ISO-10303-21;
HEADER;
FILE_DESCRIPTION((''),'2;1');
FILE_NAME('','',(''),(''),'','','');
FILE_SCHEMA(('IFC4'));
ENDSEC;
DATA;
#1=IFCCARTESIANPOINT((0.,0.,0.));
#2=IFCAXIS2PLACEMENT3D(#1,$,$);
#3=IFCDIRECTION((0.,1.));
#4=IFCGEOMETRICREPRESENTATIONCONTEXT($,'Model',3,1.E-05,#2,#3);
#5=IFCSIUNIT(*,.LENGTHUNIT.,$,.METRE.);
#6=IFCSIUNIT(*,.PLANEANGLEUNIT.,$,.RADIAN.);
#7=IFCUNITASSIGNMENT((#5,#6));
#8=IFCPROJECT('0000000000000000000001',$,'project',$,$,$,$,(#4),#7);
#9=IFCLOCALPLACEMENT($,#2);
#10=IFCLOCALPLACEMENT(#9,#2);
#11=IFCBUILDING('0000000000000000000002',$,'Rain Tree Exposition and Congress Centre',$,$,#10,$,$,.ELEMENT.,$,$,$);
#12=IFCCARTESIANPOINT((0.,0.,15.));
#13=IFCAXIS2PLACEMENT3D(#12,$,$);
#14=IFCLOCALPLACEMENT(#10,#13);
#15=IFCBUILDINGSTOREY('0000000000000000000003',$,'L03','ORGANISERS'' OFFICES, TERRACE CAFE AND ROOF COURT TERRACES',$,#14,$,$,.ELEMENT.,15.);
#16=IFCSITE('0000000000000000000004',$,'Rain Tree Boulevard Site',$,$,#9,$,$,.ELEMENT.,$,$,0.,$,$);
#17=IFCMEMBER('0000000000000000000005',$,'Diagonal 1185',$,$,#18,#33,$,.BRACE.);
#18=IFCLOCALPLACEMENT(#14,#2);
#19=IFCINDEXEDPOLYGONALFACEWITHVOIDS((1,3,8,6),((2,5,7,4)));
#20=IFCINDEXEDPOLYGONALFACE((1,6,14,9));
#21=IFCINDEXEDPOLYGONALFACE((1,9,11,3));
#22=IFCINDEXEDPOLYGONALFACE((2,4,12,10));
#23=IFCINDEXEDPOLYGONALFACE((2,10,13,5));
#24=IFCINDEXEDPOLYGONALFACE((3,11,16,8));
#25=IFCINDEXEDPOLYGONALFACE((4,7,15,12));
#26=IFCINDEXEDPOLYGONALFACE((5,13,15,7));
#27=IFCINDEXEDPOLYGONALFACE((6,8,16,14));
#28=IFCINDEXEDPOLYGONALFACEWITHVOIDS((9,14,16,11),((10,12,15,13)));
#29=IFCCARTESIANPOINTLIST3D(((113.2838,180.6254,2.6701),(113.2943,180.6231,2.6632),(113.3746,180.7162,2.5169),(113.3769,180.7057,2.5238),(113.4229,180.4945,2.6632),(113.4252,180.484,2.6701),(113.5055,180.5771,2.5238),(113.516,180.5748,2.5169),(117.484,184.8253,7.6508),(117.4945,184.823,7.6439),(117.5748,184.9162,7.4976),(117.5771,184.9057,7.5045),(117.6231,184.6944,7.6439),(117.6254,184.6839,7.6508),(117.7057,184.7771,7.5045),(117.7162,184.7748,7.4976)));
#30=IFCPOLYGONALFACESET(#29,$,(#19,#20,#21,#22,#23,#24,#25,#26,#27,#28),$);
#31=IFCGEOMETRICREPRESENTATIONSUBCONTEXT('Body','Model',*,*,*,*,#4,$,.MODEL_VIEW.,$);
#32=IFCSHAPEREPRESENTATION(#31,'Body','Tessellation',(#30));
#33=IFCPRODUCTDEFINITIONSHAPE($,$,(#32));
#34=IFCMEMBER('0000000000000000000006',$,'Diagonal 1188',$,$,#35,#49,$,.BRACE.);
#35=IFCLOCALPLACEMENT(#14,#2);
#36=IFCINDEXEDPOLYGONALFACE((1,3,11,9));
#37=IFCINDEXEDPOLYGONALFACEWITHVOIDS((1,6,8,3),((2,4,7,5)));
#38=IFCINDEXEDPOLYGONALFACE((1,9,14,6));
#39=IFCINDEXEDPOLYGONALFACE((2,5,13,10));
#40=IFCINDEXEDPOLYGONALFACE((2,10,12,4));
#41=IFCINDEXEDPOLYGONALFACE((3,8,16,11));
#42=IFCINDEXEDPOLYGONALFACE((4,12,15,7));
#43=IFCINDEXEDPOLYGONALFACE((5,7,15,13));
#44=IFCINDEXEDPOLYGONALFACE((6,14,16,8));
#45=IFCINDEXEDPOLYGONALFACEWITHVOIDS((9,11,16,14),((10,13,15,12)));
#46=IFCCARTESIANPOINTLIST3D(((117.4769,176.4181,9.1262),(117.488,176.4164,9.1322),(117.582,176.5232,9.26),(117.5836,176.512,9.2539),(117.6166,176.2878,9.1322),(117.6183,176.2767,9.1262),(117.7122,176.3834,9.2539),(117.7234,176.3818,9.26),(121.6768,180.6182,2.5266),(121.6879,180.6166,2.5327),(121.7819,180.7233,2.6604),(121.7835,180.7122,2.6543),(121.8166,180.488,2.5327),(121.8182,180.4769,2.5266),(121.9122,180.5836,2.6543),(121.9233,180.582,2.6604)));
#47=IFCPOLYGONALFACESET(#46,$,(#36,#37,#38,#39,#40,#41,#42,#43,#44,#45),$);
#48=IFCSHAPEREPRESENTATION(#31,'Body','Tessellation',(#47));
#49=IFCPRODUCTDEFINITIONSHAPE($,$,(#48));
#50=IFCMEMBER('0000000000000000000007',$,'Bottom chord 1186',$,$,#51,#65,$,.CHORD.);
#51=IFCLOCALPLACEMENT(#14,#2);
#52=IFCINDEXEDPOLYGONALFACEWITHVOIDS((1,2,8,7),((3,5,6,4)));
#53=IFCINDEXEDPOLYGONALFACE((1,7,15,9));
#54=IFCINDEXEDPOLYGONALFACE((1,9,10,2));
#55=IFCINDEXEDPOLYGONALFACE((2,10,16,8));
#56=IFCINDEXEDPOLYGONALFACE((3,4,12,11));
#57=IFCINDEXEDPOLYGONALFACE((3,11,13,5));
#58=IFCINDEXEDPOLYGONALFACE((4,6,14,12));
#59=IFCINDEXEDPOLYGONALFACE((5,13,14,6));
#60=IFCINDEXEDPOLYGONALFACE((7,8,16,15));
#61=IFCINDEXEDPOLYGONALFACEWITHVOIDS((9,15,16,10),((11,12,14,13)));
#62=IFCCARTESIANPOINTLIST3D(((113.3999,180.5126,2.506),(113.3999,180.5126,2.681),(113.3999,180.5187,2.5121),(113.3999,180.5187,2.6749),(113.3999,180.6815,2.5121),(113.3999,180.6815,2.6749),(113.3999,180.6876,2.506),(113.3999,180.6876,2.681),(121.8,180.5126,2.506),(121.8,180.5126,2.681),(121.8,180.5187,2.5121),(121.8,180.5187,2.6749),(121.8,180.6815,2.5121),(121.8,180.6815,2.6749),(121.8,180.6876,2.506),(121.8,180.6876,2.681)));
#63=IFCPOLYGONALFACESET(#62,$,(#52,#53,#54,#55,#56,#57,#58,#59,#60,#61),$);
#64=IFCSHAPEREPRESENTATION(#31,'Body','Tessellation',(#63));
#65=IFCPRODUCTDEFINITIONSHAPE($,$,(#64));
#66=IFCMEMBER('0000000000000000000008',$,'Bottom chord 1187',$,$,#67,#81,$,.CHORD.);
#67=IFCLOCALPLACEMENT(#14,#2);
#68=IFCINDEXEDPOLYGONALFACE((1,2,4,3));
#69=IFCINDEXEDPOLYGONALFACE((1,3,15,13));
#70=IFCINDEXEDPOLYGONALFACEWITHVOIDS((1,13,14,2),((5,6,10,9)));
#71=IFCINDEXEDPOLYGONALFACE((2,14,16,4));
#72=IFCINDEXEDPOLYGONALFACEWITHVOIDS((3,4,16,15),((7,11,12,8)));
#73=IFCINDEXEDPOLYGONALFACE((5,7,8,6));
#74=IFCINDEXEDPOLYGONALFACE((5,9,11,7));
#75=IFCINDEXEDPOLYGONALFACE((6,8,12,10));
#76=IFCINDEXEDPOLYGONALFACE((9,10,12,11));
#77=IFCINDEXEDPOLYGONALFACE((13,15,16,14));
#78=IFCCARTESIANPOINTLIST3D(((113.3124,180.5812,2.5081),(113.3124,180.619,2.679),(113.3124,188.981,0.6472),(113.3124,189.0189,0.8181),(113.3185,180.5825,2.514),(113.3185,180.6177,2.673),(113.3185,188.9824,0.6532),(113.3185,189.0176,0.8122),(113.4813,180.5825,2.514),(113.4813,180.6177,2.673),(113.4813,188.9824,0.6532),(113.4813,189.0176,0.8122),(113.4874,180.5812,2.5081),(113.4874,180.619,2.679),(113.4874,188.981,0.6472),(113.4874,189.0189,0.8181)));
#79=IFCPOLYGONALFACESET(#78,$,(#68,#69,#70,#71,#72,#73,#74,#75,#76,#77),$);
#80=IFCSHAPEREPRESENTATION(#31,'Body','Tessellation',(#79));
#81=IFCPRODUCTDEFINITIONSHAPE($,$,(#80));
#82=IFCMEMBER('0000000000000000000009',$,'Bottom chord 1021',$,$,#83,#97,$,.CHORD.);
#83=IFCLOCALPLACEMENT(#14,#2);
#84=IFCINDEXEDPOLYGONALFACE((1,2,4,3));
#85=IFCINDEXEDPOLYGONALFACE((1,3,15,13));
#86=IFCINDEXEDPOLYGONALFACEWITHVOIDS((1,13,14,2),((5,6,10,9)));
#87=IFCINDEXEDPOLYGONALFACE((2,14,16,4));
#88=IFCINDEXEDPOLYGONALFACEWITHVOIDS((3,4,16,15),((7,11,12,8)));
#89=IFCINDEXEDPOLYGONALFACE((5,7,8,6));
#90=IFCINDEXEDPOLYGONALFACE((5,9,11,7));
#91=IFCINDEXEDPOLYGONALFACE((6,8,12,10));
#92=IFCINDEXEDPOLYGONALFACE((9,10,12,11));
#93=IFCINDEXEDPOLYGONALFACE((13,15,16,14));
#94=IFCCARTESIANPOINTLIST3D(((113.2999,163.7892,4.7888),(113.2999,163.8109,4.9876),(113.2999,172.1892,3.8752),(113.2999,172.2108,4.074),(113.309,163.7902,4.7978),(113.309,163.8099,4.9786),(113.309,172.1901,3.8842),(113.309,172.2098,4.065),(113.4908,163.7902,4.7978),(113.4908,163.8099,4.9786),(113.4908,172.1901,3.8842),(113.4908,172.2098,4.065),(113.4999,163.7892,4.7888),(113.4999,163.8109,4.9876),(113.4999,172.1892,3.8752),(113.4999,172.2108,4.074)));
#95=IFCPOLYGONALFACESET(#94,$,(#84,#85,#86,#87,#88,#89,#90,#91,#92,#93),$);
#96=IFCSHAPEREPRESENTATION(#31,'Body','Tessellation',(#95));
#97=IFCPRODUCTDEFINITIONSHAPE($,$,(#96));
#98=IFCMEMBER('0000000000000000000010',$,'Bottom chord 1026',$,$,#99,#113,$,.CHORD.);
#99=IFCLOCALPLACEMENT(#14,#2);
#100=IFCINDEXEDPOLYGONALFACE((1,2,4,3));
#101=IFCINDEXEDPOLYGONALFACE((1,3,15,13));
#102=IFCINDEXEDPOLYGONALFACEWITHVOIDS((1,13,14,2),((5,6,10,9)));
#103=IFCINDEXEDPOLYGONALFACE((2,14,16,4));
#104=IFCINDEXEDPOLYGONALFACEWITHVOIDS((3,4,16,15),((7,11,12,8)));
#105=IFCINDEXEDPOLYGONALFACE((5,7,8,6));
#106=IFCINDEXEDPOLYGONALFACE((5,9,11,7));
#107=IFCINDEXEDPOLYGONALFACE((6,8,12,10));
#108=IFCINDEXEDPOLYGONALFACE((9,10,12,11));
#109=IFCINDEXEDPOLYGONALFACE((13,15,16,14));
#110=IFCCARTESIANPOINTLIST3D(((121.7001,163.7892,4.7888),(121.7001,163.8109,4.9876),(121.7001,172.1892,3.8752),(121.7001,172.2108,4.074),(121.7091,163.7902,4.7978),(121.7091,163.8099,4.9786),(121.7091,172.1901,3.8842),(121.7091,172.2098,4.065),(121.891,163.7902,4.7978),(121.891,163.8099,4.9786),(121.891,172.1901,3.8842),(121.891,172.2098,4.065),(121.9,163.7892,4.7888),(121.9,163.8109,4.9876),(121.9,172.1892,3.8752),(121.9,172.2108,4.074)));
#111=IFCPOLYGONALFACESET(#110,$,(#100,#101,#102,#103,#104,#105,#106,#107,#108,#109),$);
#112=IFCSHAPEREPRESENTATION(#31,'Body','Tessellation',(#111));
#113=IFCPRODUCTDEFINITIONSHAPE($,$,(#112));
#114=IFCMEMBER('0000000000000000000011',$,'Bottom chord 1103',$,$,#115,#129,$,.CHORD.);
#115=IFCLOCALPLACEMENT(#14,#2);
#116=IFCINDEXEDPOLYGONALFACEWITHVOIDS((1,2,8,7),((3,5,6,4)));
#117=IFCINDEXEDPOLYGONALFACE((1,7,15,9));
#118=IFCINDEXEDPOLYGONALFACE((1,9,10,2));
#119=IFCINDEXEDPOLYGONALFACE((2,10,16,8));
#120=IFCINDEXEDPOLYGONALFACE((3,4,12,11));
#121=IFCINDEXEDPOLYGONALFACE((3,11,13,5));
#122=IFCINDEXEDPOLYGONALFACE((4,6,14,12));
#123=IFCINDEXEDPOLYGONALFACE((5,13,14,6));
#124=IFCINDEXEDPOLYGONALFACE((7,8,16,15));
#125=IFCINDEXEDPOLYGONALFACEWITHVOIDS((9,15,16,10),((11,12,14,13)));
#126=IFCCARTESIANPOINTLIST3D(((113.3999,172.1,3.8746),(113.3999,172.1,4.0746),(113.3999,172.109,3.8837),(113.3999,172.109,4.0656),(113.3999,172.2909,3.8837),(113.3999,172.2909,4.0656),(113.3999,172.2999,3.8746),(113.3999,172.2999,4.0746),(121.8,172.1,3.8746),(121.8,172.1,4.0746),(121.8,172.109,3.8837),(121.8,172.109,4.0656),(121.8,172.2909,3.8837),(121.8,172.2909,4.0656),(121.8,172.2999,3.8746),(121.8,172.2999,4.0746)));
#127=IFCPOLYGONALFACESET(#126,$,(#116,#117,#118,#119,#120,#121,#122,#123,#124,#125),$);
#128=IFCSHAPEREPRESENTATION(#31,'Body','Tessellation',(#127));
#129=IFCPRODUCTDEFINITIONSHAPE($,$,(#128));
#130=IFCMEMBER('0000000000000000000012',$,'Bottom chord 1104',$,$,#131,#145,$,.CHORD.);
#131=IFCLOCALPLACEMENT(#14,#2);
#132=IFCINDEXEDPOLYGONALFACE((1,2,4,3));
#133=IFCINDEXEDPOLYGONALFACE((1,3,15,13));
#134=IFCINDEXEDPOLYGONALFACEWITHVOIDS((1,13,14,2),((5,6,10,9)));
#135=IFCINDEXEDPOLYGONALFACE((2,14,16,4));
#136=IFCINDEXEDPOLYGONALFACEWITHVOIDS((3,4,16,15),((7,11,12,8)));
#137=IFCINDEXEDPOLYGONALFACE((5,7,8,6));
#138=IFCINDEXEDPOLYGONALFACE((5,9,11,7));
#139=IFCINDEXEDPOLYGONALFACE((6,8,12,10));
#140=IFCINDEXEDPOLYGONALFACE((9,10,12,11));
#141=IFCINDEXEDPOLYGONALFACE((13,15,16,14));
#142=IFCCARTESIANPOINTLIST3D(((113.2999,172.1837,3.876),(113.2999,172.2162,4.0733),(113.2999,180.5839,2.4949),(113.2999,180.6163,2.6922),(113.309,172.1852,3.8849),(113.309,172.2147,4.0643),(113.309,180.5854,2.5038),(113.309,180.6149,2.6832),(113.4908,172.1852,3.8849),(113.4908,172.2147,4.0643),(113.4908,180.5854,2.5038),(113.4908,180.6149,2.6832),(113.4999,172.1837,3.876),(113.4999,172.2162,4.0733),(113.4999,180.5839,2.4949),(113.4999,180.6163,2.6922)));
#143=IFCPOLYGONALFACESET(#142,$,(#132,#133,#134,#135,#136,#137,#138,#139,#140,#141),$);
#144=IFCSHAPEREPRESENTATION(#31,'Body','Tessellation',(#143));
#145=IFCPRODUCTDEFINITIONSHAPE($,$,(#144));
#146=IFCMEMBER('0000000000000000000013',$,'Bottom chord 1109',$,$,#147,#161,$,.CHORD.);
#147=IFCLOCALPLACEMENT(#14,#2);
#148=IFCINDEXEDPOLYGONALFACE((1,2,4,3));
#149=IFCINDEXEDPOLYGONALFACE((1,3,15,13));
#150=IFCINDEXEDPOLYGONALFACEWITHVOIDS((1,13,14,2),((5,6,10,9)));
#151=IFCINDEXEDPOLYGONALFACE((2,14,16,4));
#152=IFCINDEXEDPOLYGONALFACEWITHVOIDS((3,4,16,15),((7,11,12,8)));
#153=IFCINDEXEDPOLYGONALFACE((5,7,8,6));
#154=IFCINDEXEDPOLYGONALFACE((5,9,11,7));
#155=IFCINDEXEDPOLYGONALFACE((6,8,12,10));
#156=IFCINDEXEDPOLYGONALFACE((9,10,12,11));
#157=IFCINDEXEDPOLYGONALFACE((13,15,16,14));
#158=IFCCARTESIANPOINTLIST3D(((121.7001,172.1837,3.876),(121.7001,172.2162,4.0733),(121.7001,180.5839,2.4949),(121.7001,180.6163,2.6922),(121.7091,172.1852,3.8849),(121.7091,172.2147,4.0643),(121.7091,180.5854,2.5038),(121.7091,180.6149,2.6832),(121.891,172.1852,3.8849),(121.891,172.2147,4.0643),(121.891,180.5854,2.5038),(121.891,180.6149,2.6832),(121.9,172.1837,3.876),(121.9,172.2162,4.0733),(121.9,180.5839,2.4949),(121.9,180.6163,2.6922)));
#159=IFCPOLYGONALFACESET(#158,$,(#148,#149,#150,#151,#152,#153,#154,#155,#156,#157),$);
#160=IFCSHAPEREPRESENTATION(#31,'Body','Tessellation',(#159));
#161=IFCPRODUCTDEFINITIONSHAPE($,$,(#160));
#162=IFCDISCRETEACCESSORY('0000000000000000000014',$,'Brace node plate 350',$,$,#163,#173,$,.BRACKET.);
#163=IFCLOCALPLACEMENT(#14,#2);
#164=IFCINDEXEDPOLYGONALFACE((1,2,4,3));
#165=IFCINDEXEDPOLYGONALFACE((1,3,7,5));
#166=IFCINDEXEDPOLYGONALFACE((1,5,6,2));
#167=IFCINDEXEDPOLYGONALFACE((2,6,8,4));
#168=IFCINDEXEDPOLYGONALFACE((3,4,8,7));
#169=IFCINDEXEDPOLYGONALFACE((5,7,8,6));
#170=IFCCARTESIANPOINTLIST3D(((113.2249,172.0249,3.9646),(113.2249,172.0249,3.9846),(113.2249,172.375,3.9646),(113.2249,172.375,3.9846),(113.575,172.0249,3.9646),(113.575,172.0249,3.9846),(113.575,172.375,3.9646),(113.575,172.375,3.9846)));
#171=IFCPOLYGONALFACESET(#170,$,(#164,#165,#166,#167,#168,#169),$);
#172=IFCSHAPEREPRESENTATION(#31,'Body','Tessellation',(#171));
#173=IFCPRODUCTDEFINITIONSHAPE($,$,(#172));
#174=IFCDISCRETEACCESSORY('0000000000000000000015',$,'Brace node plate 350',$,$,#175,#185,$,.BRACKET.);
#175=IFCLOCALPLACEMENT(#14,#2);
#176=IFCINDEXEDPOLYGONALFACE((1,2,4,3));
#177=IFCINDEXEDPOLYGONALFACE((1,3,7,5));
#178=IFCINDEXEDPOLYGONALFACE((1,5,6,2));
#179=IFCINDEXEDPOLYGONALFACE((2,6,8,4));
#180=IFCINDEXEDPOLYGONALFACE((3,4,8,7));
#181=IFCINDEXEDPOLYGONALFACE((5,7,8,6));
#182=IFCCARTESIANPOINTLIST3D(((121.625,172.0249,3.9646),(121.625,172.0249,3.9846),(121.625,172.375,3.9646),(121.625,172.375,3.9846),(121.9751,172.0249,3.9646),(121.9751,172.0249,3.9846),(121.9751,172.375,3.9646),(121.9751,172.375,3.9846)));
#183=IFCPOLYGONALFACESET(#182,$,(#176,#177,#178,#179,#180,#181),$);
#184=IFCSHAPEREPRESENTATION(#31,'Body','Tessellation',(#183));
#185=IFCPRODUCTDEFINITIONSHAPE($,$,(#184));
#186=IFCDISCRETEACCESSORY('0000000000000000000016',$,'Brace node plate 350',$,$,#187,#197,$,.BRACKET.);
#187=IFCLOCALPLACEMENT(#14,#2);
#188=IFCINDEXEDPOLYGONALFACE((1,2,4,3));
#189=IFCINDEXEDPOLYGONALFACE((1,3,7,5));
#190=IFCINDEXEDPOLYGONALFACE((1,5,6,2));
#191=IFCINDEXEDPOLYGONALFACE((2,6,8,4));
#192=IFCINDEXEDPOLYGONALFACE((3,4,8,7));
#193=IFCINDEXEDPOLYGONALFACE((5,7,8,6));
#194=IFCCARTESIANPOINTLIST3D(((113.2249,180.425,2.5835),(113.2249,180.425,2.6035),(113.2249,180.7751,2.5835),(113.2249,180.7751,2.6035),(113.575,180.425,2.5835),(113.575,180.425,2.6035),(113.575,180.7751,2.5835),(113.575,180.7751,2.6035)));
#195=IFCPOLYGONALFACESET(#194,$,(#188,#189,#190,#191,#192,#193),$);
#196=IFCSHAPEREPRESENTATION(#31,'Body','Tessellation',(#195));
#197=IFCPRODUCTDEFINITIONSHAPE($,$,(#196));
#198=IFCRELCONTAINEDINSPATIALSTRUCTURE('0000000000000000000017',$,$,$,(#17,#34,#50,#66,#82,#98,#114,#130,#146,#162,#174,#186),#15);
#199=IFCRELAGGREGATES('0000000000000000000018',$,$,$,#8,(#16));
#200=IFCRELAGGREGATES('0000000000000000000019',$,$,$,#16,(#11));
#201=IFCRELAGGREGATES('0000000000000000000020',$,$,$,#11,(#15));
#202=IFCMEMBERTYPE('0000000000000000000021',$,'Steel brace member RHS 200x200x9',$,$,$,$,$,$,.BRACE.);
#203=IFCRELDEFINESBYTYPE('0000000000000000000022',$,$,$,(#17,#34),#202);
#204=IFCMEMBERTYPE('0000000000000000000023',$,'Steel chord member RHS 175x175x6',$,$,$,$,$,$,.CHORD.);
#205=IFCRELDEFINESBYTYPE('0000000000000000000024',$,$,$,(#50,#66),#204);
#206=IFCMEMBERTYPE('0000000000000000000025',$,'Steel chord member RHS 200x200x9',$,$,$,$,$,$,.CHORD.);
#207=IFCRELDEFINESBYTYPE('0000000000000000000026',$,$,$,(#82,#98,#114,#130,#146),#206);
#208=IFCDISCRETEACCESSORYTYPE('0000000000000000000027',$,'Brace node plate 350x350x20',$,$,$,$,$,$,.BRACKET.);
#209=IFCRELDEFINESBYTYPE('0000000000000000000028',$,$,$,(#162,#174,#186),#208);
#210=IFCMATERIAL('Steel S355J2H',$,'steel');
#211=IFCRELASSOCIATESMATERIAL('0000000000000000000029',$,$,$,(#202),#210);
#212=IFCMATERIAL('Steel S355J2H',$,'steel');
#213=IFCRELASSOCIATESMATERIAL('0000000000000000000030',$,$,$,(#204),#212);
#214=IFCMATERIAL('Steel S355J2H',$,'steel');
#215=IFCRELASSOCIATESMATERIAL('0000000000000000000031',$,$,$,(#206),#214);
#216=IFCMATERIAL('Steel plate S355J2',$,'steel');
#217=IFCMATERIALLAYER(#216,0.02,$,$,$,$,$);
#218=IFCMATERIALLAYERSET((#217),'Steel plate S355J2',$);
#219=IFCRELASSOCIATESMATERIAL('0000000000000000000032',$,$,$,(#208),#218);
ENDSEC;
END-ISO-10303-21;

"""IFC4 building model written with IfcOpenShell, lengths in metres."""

from ifc_helpers import new_model, si_unit, direction, frame, origin, origin_2d, place, context, subcontext, project, spatial, rectangle, hollow_rectangle, extrude, material, layer, layer_set, material_profile, profile_set, type_object, element, save


model = new_model("IFC4")

# Units and contexts
model_context = context("Model", 3, precision=1e-05, world=origin(), true_north=direction((0.0, 1.0)))
body_context = subcontext(model_context, "Body", "Model", "MODEL_VIEW")
ifc_project = project(units=[si_unit("LENGTHUNIT", "METRE"), si_unit("PLANEANGLEUNIT", "RADIAN")], contexts=[model_context])

# Site, building, storey
site_placement = place(None, origin())
site = spatial("IfcSite", under=ifc_project, at=site_placement, Name="Rain Tree Boulevard Site", CompositionType="ELEMENT", RefElevation=0.0)
building_placement = place(site_placement, origin())
building = spatial("IfcBuilding", under=site, at=building_placement, Name="Rain Tree Exposition and Congress Centre", CompositionType="ELEMENT")
storey_placement = place(building_placement, frame((0.0, 0.0, 15.0)))
storey = spatial("IfcBuildingStorey", under=building, at=storey_placement, Name="L03", Description="ORGANISERS' OFFICES, TERRACE CAFE AND ROOF COURT TERRACES", CompositionType="ELEMENT", Elevation=15.0)

# Members
ifc_material_1 = material(Name="Steel S355J2H", Category="steel")
ifc_material_profile_1 = material_profile(ifc_material_1, hollow_rectangle(XDim=0.2, YDim=0.2, WallThickness=0.009, at=origin_2d()), Name="RHS 200x200x9")
ifc_profile_set_1 = profile_set([ifc_material_profile_1], Name="Steel S355J2H")
member_type_1 = type_object("IfcMemberType", Name="Steel brace member RHS 200x200x9", PredefinedType="BRACE", material=ifc_profile_set_1)
member_1_placement = place(storey_placement, frame((113.3999, 180.6001, 2.5935), z_axis=(0.541842, 0.541811, 0.642532), x_axis=(-0.707086, 0.707127, 0.0)))
element("IfcMember", 1, at=member_1_placement, inside=storey, type_object=member_type_1, Name="Diagonal 1185", PredefinedType="BRACE", context=body_context, shape_type="SweptSolid", body=[
    extrude(hollow_rectangle(XDim=0.2, YDim=0.2, WallThickness=0.009, at=origin_2d()), origin(), (0.0, 0.0, 1.0), 7.7517),
])
member_2_placement = place(storey_placement, frame((121.8, 180.6001, 2.5935), z_axis=(-0.473022, -0.47305, 0.743286), x_axis=(0.707127, -0.707086, 0.0)))
element("IfcMember", 2, at=member_2_placement, inside=storey, type_object=member_type_1, Name="Diagonal 1188", PredefinedType="BRACE", context=body_context, shape_type="SweptSolid", body=[
    extrude(hollow_rectangle(XDim=0.2, YDim=0.2, WallThickness=0.009, at=origin_2d()), origin(), (0.0, 0.0, 1.0), 8.8789),
])
ifc_material_2 = material(Name="Steel S355J2H", Category="steel")
ifc_material_profile_2 = material_profile(ifc_material_2, hollow_rectangle(XDim=0.175, YDim=0.175, WallThickness=0.0061, at=origin_2d()), Name="RHS 175x175x6")
ifc_profile_set_2 = profile_set([ifc_material_profile_2], Name="Steel S355J2H")
member_type_2 = type_object("IfcMemberType", Name="Steel chord member RHS 175x175x6", PredefinedType="CHORD", material=ifc_profile_set_2)
member_3_placement = place(storey_placement, frame((113.3999, 180.6001, 2.5935), z_axis=(1.0, 0.0, 0.0), x_axis=(0.0, 1.0, 0.0)))
element("IfcMember", 3, at=member_3_placement, inside=storey, type_object=member_type_2, Name="Bottom chord 1186", PredefinedType="CHORD", context=body_context, shape_type="SweptSolid", body=[
    extrude(hollow_rectangle(XDim=0.175, YDim=0.175, WallThickness=0.0061, at=origin_2d()), origin(), (0.0, 0.0, 1.0), 8.4001),
])
member_4_placement = place(storey_placement, frame((113.3999, 180.6001, 2.5935), z_axis=(0.0, 0.97633, -0.216287), x_axis=(-1.0, 0.0, 0.0)))
element("IfcMember", 4, at=member_4_placement, inside=storey, type_object=member_type_2, Name="Bottom chord 1187", PredefinedType="CHORD", context=body_context, shape_type="SweptSolid", body=[
    extrude(hollow_rectangle(XDim=0.175, YDim=0.175, WallThickness=0.0061, at=origin_2d()), origin(), (0.0, 0.0, 1.0), 8.6035),
])
ifc_material_3 = material(Name="Steel S355J2H", Category="steel")
ifc_material_profile_3 = material_profile(ifc_material_3, hollow_rectangle(XDim=0.2, YDim=0.2, WallThickness=0.009, at=origin_2d()), Name="RHS 200x200x9")
ifc_profile_set_3 = profile_set([ifc_material_profile_3], Name="Steel S355J2H")
member_type_3 = type_object("IfcMemberType", Name="Steel chord member RHS 200x200x9", PredefinedType="CHORD", material=ifc_profile_set_3)
for number, where, z_axis, x_axis, name in (
    (5, (113.3999, 163.8, 4.8882), (0.0, 0.994138, -0.108123), (-1.0, 0.0, 0.0), "Bottom chord 1021"),
    (6, (121.8, 163.8, 4.8882), (0.0, 0.994138, -0.108123), (-1.0, 0.0, 0.0), "Bottom chord 1026"),
):
    element("IfcMember", number, at=place(storey_placement, frame(where, z_axis=z_axis, x_axis=x_axis)), inside=storey, type_object=member_type_3, Name=name, PredefinedType="CHORD", context=body_context, shape_type="SweptSolid", body=[
        extrude(hollow_rectangle(XDim=0.2, YDim=0.2, WallThickness=0.009, at=origin_2d()), origin(), (0.0, 0.0, 1.0), 8.4495),
    ])
member_5_placement = place(storey_placement, frame((113.3999, 172.2, 3.9746), z_axis=(1.0, 0.0, 0.0), x_axis=(0.0, 1.0, 0.0)))
element("IfcMember", 7, at=member_5_placement, inside=storey, type_object=member_type_3, Name="Bottom chord 1103", PredefinedType="CHORD", context=body_context, shape_type="SweptSolid", body=[
    extrude(hollow_rectangle(XDim=0.2, YDim=0.2, WallThickness=0.009, at=origin_2d()), origin(), (0.0, 0.0, 1.0), 8.4001),
])
for number, where, z_axis, x_axis, name in (
    (8, (113.3999, 172.2, 3.9746), (0.0, 0.986752, -0.162236), (-1.0, 0.0, 0.0), "Bottom chord 1104"),
    (9, (121.8, 172.2, 3.9746), (0.0, 0.986752, -0.162236), (-1.0, 0.0, 0.0), "Bottom chord 1109"),
):
    element("IfcMember", number, at=place(storey_placement, frame(where, z_axis=z_axis, x_axis=x_axis)), inside=storey, type_object=member_type_3, Name=name, PredefinedType="CHORD", context=body_context, shape_type="SweptSolid", body=[
        extrude(hollow_rectangle(XDim=0.2, YDim=0.2, WallThickness=0.009, at=origin_2d()), origin(), (0.0, 0.0, 1.0), 8.5129),
    ])

# Discrete accessories
ifc_material_4 = material(Name="Steel plate S355J2", Category="steel")
ifc_layer_1 = layer(ifc_material_4, 0.02)
ifc_layer_set_1 = layer_set([ifc_layer_1], Name="Steel plate S355J2")
discrete_accessory_type_1 = type_object("IfcDiscreteAccessoryType", Name="Brace node plate 350x350x20", PredefinedType="BRACKET", material=ifc_layer_set_1)
for number, where, z_axis, x_axis, name in (
    (10, (113.3999, 172.2, 3.9646), (0.0, 0.0, 1.0), (1.0, 0.0, 0.0), "Brace node plate 350"),
    (11, (121.8, 172.2, 3.9646), (0.0, 0.0, 1.0), (1.0, 0.0, 0.0), "Brace node plate 350"),
    (12, (113.3999, 180.6001, 2.5835), (0.0, 0.0, 1.0), (1.0, 0.0, 0.0), "Brace node plate 350"),
):
    element("IfcDiscreteAccessory", number, at=place(storey_placement, frame(where, z_axis=z_axis, x_axis=x_axis)), inside=storey, type_object=discrete_accessory_type_1, Name=name, PredefinedType="BRACKET", context=body_context, shape_type="SweptSolid", body=[
        extrude(rectangle(XDim=0.3501, YDim=0.3501, at=origin_2d()), origin(), (0.0, 0.0, 1.0), 0.02),
    ])

save(model, "model.ifc")
